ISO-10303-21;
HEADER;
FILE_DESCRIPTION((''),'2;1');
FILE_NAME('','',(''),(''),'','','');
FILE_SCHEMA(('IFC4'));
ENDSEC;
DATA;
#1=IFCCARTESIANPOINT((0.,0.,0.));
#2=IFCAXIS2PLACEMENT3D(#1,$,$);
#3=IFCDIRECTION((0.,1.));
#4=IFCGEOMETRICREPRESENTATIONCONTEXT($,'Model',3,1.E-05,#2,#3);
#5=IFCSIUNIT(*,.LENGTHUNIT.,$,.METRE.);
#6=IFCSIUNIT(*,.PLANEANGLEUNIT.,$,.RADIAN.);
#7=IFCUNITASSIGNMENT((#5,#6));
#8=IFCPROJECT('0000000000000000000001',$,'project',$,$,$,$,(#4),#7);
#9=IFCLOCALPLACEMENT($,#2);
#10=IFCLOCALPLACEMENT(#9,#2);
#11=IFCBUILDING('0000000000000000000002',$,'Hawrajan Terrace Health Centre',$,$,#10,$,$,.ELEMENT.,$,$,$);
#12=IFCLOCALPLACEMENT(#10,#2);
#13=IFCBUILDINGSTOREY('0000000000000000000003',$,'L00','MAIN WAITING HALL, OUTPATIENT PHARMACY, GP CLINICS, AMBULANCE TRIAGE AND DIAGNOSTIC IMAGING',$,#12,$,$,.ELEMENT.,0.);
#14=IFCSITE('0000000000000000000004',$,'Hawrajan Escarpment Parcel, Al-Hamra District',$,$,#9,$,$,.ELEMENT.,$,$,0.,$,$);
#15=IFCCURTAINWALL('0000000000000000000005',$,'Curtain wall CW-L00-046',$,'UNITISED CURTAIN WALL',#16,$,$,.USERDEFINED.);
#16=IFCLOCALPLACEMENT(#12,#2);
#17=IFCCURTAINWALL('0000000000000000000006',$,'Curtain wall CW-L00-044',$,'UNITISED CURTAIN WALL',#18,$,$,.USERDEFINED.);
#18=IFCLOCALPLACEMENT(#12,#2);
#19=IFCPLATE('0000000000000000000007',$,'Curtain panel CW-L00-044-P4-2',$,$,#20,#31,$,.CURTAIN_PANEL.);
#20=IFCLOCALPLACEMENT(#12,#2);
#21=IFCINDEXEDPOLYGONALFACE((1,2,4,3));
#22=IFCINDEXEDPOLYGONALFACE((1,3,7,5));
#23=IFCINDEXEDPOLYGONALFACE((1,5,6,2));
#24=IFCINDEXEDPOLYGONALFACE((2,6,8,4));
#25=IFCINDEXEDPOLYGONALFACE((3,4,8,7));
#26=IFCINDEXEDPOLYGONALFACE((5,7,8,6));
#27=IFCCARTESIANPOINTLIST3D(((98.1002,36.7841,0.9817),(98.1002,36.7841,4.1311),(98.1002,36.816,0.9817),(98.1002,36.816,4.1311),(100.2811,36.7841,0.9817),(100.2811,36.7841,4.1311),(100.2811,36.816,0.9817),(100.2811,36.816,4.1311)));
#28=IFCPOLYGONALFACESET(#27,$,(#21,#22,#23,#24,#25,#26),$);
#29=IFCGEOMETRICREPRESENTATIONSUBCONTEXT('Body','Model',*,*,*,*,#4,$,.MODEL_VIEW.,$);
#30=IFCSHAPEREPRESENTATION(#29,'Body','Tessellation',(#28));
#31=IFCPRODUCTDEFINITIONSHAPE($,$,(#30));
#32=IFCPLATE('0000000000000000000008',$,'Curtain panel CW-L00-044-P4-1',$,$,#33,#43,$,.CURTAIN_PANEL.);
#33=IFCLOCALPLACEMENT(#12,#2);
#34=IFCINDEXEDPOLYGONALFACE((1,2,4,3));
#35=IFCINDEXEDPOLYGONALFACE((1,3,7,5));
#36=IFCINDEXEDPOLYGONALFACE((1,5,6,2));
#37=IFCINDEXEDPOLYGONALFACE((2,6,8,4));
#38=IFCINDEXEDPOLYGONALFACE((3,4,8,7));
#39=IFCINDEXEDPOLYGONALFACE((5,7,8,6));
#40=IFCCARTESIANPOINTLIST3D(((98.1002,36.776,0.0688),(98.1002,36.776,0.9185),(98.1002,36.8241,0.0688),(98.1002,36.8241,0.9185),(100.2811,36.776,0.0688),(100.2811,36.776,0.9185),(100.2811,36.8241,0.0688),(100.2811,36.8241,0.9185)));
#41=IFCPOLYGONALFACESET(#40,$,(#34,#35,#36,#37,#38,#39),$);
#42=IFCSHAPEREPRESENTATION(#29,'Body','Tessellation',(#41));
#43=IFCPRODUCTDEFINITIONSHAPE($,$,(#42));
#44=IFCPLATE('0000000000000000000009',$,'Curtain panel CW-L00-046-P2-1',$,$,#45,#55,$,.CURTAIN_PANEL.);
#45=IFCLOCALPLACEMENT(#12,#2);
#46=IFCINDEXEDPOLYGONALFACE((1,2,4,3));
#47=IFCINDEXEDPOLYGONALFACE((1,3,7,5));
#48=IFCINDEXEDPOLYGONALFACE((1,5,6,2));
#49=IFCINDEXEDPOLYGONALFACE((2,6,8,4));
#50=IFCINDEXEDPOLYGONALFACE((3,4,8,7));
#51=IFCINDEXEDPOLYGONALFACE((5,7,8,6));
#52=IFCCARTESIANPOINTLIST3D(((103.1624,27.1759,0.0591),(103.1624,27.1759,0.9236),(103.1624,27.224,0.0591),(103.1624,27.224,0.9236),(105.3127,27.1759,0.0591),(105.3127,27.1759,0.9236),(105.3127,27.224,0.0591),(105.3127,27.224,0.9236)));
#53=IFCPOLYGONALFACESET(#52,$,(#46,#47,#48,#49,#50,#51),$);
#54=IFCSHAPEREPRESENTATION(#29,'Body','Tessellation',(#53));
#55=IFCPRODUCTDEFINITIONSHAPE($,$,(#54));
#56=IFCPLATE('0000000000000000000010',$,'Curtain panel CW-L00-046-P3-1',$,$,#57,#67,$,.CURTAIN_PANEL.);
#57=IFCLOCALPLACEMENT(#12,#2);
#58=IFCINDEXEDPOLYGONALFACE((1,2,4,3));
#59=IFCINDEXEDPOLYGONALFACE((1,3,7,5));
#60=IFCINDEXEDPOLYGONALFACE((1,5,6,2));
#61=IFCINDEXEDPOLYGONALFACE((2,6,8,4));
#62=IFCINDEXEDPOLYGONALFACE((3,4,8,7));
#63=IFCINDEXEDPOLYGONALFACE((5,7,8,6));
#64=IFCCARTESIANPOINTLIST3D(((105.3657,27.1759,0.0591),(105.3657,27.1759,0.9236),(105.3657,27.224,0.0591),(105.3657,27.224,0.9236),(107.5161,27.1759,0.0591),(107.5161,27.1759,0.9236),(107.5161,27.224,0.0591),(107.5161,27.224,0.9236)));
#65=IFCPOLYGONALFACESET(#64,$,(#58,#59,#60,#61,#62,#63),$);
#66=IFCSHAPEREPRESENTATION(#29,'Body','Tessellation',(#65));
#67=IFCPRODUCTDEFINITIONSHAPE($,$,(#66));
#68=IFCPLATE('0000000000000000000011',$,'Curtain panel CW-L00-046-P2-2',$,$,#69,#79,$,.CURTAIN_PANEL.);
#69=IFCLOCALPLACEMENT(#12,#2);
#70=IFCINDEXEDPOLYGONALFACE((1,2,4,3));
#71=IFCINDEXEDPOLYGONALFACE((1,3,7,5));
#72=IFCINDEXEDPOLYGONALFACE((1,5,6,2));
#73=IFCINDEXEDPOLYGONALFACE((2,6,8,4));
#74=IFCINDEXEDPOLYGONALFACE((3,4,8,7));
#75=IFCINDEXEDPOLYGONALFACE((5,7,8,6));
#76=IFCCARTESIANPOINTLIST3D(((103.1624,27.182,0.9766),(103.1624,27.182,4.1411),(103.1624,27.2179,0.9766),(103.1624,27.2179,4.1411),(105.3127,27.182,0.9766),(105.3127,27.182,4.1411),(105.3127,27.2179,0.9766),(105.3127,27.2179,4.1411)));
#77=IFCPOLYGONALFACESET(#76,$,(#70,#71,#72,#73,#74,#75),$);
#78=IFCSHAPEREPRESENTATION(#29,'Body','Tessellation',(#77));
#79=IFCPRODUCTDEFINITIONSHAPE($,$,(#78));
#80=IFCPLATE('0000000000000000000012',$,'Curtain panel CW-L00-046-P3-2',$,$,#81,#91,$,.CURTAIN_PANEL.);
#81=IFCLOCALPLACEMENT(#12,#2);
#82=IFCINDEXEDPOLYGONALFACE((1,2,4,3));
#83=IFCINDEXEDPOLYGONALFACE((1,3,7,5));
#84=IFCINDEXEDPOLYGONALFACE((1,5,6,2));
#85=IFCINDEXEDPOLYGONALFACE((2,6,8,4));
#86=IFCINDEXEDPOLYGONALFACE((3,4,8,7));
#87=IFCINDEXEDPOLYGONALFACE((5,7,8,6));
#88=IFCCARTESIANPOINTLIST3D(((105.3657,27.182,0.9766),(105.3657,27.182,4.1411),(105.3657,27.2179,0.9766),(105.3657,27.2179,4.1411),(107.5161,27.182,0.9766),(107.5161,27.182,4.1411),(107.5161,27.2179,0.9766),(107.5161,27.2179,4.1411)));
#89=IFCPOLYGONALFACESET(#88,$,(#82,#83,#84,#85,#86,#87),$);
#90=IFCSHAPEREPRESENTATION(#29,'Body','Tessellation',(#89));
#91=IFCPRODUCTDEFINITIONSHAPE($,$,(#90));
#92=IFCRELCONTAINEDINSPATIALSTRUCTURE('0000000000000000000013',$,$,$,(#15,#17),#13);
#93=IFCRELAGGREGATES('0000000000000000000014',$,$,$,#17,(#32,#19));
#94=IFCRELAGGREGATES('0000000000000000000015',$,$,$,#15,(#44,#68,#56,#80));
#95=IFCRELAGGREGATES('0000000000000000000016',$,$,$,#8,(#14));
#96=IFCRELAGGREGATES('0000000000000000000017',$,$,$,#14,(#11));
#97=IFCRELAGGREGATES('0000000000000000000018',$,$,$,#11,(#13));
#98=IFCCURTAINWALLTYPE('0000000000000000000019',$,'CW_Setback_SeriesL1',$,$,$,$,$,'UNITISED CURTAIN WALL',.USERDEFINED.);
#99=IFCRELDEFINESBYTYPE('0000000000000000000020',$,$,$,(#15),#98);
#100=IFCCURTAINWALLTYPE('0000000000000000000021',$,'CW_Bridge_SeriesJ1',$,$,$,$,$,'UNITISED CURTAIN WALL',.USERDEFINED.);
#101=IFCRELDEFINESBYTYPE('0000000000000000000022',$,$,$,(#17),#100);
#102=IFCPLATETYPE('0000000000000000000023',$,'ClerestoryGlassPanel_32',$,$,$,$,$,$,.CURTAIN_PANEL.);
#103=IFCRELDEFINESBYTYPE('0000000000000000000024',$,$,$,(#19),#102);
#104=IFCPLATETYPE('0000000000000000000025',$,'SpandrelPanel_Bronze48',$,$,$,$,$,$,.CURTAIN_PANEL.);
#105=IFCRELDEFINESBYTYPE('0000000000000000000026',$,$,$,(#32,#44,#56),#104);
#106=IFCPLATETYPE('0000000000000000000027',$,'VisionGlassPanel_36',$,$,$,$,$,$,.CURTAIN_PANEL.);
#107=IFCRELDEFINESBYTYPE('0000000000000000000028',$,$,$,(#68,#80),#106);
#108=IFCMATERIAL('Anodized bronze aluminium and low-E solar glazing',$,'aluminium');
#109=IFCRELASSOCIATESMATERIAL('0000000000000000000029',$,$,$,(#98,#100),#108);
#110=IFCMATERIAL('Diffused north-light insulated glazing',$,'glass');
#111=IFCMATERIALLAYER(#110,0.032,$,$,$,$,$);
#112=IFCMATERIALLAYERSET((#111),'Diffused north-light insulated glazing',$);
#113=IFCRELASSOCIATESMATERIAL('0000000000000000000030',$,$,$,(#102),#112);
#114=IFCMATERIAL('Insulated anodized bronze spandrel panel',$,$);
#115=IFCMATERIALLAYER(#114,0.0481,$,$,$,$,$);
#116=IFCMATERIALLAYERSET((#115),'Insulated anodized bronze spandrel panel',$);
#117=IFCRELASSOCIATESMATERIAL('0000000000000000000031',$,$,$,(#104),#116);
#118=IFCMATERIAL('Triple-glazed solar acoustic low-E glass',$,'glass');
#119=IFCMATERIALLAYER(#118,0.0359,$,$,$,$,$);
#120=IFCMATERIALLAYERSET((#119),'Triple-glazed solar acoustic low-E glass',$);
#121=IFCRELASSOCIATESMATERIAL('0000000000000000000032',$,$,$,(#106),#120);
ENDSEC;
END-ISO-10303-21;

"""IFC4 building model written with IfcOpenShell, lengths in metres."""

from ifc_helpers import new_model, si_unit, direction, frame, origin, origin_2d, place, context, subcontext, project, spatial, rectangle, extrude, material, layer, layer_set, type_object, element, aggregate, save


model = new_model("IFC4")

# Units and contexts
model_context = context("Model", 3, precision=1e-05, world=origin(), true_north=direction((0.0, 1.0)))
body_context = subcontext(model_context, "Body", "Model", "MODEL_VIEW")
ifc_project = project(units=[si_unit("LENGTHUNIT", "METRE"), si_unit("PLANEANGLEUNIT", "RADIAN")], contexts=[model_context])

# Site, building, storey
site_placement = place(None, origin())
site = spatial("IfcSite", under=ifc_project, at=site_placement, Name="Hawrajan Escarpment Parcel, Al-Hamra District", CompositionType="ELEMENT", RefElevation=0.0)
building_placement = place(site_placement, origin())
building = spatial("IfcBuilding", under=site, at=building_placement, Name="Hawrajan Terrace Health Centre", CompositionType="ELEMENT")
storey_placement = place(building_placement, origin())
storey = spatial("IfcBuildingStorey", under=building, at=storey_placement, Name="L00", Description="MAIN WAITING HALL, OUTPATIENT PHARMACY, GP CLINICS, AMBULANCE TRIAGE AND DIAGNOSTIC IMAGING", CompositionType="ELEMENT", Elevation=0.0)

# Curtain wall
ifc_material_1 = material(Name="Anodized bronze aluminium and low-E solar glazing", Category="aluminium")
curtain_wall_type_1 = type_object("IfcCurtainWallType", Name="CW_Setback_SeriesL1", ElementType="UNITISED CURTAIN WALL", PredefinedType="USERDEFINED", material=ifc_material_1)
curtain_wall_1_placement = place(storey_placement, origin())
curtain_wall_1 = element("IfcCurtainWall", 1, at=curtain_wall_1_placement, inside=storey, type_object=curtain_wall_type_1, Name="Curtain wall CW-L00-046", ObjectType="UNITISED CURTAIN WALL", PredefinedType="USERDEFINED")

# Curtain wall
curtain_wall_type_2 = type_object("IfcCurtainWallType", Name="CW_Bridge_SeriesJ1", ElementType="UNITISED CURTAIN WALL", PredefinedType="USERDEFINED", material=ifc_material_1)
curtain_wall_2_placement = place(storey_placement, origin())
curtain_wall_2 = element("IfcCurtainWall", 2, at=curtain_wall_2_placement, inside=storey, type_object=curtain_wall_type_2, Name="Curtain wall CW-L00-044", ObjectType="UNITISED CURTAIN WALL", PredefinedType="USERDEFINED")

# Plates
ifc_material_2 = material(Name="Diffused north-light insulated glazing", Category="glass")
ifc_layer_1 = layer(ifc_material_2, 0.032)
ifc_layer_set_1 = layer_set([ifc_layer_1], Name="Diffused north-light insulated glazing")
plate_type_1 = type_object("IfcPlateType", Name="ClerestoryGlassPanel_32", PredefinedType="CURTAIN_PANEL", material=ifc_layer_set_1)
plate_1_placement = place(storey_placement, frame((99.1907, 36.8, 0.9817), z_axis=(0.0, 0.0, 1.0), x_axis=(1.0, 0.0, 0.0)))
plate_1 = element("IfcPlate", 3, at=plate_1_placement, type_object=plate_type_1, Name="Curtain panel CW-L00-044-P4-2", PredefinedType="CURTAIN_PANEL", context=body_context, shape_type="SweptSolid", body=[
    extrude(rectangle(XDim=2.1809, YDim=0.032, at=origin_2d()), origin(), (0.0, 0.0, 1.0), 3.1494),
])
ifc_material_3 = material(Name="Insulated anodized bronze spandrel panel")
ifc_layer_2 = layer(ifc_material_3, 0.0481)
ifc_layer_set_2 = layer_set([ifc_layer_2], Name="Insulated anodized bronze spandrel panel")
plate_type_2 = type_object("IfcPlateType", Name="SpandrelPanel_Bronze48", PredefinedType="CURTAIN_PANEL", material=ifc_layer_set_2)
plate_2_placement = place(storey_placement, frame((99.1907, 36.8, 0.0688), z_axis=(0.0, 0.0, 1.0), x_axis=(1.0, 0.0, 0.0)))
plate_2 = element("IfcPlate", 4, at=plate_2_placement, type_object=plate_type_2, Name="Curtain panel CW-L00-044-P4-1", PredefinedType="CURTAIN_PANEL", context=body_context, shape_type="SweptSolid", body=[
    extrude(rectangle(XDim=2.1809, YDim=0.0481, at=origin_2d()), origin(), (0.0, 0.0, 1.0), 0.8496),
])
aggregate(curtain_wall_2, [plate_2, plate_1])
plate_3_placement = place(storey_placement, frame((104.2375, 27.2, 0.0591), z_axis=(0.0, 0.0, 1.0), x_axis=(1.0, 0.0, 0.0)))
plate_3 = element("IfcPlate", 5, at=plate_3_placement, type_object=plate_type_2, Name="Curtain panel CW-L00-046-P2-1", PredefinedType="CURTAIN_PANEL", context=body_context, shape_type="SweptSolid", body=[
    extrude(rectangle(XDim=2.1504, YDim=0.0481, at=origin_2d()), origin(), (0.0, 0.0, 1.0), 0.8645),
])
plate_4_placement = place(storey_placement, frame((106.4409, 27.2, 0.0591), z_axis=(0.0, 0.0, 1.0), x_axis=(1.0, 0.0, 0.0)))
plate_4 = element("IfcPlate", 6, at=plate_4_placement, type_object=plate_type_2, Name="Curtain panel CW-L00-046-P3-1", PredefinedType="CURTAIN_PANEL", context=body_context, shape_type="SweptSolid", body=[
    extrude(rectangle(XDim=2.1504, YDim=0.0481, at=origin_2d()), origin(), (0.0, 0.0, 1.0), 0.8645),
])
ifc_material_4 = material(Name="Triple-glazed solar acoustic low-E glass", Category="glass")
ifc_layer_3 = layer(ifc_material_4, 0.0359)
ifc_layer_set_3 = layer_set([ifc_layer_3], Name="Triple-glazed solar acoustic low-E glass")
plate_type_3 = type_object("IfcPlateType", Name="VisionGlassPanel_36", PredefinedType="CURTAIN_PANEL", material=ifc_layer_set_3)
plate_5_placement = place(storey_placement, frame((104.2375, 27.2, 0.9766), z_axis=(0.0, 0.0, 1.0), x_axis=(1.0, 0.0, 0.0)))
plate_5 = element("IfcPlate", 7, at=plate_5_placement, type_object=plate_type_3, Name="Curtain panel CW-L00-046-P2-2", PredefinedType="CURTAIN_PANEL", context=body_context, shape_type="SweptSolid", body=[
    extrude(rectangle(XDim=2.1504, YDim=0.0359, at=origin_2d()), origin(), (0.0, 0.0, 1.0), 3.1646),
])
plate_6_placement = place(storey_placement, frame((106.4409, 27.2, 0.9766), z_axis=(0.0, 0.0, 1.0), x_axis=(1.0, 0.0, 0.0)))
plate_6 = element("IfcPlate", 8, at=plate_6_placement, type_object=plate_type_3, Name="Curtain panel CW-L00-046-P3-2", PredefinedType="CURTAIN_PANEL", context=body_context, shape_type="SweptSolid", body=[
    extrude(rectangle(XDim=2.1504, YDim=0.0359, at=origin_2d()), origin(), (0.0, 0.0, 1.0), 3.1646),
])
aggregate(curtain_wall_1, [plate_3, plate_5, plate_4, plate_6])

save(model, "model.ifc")
